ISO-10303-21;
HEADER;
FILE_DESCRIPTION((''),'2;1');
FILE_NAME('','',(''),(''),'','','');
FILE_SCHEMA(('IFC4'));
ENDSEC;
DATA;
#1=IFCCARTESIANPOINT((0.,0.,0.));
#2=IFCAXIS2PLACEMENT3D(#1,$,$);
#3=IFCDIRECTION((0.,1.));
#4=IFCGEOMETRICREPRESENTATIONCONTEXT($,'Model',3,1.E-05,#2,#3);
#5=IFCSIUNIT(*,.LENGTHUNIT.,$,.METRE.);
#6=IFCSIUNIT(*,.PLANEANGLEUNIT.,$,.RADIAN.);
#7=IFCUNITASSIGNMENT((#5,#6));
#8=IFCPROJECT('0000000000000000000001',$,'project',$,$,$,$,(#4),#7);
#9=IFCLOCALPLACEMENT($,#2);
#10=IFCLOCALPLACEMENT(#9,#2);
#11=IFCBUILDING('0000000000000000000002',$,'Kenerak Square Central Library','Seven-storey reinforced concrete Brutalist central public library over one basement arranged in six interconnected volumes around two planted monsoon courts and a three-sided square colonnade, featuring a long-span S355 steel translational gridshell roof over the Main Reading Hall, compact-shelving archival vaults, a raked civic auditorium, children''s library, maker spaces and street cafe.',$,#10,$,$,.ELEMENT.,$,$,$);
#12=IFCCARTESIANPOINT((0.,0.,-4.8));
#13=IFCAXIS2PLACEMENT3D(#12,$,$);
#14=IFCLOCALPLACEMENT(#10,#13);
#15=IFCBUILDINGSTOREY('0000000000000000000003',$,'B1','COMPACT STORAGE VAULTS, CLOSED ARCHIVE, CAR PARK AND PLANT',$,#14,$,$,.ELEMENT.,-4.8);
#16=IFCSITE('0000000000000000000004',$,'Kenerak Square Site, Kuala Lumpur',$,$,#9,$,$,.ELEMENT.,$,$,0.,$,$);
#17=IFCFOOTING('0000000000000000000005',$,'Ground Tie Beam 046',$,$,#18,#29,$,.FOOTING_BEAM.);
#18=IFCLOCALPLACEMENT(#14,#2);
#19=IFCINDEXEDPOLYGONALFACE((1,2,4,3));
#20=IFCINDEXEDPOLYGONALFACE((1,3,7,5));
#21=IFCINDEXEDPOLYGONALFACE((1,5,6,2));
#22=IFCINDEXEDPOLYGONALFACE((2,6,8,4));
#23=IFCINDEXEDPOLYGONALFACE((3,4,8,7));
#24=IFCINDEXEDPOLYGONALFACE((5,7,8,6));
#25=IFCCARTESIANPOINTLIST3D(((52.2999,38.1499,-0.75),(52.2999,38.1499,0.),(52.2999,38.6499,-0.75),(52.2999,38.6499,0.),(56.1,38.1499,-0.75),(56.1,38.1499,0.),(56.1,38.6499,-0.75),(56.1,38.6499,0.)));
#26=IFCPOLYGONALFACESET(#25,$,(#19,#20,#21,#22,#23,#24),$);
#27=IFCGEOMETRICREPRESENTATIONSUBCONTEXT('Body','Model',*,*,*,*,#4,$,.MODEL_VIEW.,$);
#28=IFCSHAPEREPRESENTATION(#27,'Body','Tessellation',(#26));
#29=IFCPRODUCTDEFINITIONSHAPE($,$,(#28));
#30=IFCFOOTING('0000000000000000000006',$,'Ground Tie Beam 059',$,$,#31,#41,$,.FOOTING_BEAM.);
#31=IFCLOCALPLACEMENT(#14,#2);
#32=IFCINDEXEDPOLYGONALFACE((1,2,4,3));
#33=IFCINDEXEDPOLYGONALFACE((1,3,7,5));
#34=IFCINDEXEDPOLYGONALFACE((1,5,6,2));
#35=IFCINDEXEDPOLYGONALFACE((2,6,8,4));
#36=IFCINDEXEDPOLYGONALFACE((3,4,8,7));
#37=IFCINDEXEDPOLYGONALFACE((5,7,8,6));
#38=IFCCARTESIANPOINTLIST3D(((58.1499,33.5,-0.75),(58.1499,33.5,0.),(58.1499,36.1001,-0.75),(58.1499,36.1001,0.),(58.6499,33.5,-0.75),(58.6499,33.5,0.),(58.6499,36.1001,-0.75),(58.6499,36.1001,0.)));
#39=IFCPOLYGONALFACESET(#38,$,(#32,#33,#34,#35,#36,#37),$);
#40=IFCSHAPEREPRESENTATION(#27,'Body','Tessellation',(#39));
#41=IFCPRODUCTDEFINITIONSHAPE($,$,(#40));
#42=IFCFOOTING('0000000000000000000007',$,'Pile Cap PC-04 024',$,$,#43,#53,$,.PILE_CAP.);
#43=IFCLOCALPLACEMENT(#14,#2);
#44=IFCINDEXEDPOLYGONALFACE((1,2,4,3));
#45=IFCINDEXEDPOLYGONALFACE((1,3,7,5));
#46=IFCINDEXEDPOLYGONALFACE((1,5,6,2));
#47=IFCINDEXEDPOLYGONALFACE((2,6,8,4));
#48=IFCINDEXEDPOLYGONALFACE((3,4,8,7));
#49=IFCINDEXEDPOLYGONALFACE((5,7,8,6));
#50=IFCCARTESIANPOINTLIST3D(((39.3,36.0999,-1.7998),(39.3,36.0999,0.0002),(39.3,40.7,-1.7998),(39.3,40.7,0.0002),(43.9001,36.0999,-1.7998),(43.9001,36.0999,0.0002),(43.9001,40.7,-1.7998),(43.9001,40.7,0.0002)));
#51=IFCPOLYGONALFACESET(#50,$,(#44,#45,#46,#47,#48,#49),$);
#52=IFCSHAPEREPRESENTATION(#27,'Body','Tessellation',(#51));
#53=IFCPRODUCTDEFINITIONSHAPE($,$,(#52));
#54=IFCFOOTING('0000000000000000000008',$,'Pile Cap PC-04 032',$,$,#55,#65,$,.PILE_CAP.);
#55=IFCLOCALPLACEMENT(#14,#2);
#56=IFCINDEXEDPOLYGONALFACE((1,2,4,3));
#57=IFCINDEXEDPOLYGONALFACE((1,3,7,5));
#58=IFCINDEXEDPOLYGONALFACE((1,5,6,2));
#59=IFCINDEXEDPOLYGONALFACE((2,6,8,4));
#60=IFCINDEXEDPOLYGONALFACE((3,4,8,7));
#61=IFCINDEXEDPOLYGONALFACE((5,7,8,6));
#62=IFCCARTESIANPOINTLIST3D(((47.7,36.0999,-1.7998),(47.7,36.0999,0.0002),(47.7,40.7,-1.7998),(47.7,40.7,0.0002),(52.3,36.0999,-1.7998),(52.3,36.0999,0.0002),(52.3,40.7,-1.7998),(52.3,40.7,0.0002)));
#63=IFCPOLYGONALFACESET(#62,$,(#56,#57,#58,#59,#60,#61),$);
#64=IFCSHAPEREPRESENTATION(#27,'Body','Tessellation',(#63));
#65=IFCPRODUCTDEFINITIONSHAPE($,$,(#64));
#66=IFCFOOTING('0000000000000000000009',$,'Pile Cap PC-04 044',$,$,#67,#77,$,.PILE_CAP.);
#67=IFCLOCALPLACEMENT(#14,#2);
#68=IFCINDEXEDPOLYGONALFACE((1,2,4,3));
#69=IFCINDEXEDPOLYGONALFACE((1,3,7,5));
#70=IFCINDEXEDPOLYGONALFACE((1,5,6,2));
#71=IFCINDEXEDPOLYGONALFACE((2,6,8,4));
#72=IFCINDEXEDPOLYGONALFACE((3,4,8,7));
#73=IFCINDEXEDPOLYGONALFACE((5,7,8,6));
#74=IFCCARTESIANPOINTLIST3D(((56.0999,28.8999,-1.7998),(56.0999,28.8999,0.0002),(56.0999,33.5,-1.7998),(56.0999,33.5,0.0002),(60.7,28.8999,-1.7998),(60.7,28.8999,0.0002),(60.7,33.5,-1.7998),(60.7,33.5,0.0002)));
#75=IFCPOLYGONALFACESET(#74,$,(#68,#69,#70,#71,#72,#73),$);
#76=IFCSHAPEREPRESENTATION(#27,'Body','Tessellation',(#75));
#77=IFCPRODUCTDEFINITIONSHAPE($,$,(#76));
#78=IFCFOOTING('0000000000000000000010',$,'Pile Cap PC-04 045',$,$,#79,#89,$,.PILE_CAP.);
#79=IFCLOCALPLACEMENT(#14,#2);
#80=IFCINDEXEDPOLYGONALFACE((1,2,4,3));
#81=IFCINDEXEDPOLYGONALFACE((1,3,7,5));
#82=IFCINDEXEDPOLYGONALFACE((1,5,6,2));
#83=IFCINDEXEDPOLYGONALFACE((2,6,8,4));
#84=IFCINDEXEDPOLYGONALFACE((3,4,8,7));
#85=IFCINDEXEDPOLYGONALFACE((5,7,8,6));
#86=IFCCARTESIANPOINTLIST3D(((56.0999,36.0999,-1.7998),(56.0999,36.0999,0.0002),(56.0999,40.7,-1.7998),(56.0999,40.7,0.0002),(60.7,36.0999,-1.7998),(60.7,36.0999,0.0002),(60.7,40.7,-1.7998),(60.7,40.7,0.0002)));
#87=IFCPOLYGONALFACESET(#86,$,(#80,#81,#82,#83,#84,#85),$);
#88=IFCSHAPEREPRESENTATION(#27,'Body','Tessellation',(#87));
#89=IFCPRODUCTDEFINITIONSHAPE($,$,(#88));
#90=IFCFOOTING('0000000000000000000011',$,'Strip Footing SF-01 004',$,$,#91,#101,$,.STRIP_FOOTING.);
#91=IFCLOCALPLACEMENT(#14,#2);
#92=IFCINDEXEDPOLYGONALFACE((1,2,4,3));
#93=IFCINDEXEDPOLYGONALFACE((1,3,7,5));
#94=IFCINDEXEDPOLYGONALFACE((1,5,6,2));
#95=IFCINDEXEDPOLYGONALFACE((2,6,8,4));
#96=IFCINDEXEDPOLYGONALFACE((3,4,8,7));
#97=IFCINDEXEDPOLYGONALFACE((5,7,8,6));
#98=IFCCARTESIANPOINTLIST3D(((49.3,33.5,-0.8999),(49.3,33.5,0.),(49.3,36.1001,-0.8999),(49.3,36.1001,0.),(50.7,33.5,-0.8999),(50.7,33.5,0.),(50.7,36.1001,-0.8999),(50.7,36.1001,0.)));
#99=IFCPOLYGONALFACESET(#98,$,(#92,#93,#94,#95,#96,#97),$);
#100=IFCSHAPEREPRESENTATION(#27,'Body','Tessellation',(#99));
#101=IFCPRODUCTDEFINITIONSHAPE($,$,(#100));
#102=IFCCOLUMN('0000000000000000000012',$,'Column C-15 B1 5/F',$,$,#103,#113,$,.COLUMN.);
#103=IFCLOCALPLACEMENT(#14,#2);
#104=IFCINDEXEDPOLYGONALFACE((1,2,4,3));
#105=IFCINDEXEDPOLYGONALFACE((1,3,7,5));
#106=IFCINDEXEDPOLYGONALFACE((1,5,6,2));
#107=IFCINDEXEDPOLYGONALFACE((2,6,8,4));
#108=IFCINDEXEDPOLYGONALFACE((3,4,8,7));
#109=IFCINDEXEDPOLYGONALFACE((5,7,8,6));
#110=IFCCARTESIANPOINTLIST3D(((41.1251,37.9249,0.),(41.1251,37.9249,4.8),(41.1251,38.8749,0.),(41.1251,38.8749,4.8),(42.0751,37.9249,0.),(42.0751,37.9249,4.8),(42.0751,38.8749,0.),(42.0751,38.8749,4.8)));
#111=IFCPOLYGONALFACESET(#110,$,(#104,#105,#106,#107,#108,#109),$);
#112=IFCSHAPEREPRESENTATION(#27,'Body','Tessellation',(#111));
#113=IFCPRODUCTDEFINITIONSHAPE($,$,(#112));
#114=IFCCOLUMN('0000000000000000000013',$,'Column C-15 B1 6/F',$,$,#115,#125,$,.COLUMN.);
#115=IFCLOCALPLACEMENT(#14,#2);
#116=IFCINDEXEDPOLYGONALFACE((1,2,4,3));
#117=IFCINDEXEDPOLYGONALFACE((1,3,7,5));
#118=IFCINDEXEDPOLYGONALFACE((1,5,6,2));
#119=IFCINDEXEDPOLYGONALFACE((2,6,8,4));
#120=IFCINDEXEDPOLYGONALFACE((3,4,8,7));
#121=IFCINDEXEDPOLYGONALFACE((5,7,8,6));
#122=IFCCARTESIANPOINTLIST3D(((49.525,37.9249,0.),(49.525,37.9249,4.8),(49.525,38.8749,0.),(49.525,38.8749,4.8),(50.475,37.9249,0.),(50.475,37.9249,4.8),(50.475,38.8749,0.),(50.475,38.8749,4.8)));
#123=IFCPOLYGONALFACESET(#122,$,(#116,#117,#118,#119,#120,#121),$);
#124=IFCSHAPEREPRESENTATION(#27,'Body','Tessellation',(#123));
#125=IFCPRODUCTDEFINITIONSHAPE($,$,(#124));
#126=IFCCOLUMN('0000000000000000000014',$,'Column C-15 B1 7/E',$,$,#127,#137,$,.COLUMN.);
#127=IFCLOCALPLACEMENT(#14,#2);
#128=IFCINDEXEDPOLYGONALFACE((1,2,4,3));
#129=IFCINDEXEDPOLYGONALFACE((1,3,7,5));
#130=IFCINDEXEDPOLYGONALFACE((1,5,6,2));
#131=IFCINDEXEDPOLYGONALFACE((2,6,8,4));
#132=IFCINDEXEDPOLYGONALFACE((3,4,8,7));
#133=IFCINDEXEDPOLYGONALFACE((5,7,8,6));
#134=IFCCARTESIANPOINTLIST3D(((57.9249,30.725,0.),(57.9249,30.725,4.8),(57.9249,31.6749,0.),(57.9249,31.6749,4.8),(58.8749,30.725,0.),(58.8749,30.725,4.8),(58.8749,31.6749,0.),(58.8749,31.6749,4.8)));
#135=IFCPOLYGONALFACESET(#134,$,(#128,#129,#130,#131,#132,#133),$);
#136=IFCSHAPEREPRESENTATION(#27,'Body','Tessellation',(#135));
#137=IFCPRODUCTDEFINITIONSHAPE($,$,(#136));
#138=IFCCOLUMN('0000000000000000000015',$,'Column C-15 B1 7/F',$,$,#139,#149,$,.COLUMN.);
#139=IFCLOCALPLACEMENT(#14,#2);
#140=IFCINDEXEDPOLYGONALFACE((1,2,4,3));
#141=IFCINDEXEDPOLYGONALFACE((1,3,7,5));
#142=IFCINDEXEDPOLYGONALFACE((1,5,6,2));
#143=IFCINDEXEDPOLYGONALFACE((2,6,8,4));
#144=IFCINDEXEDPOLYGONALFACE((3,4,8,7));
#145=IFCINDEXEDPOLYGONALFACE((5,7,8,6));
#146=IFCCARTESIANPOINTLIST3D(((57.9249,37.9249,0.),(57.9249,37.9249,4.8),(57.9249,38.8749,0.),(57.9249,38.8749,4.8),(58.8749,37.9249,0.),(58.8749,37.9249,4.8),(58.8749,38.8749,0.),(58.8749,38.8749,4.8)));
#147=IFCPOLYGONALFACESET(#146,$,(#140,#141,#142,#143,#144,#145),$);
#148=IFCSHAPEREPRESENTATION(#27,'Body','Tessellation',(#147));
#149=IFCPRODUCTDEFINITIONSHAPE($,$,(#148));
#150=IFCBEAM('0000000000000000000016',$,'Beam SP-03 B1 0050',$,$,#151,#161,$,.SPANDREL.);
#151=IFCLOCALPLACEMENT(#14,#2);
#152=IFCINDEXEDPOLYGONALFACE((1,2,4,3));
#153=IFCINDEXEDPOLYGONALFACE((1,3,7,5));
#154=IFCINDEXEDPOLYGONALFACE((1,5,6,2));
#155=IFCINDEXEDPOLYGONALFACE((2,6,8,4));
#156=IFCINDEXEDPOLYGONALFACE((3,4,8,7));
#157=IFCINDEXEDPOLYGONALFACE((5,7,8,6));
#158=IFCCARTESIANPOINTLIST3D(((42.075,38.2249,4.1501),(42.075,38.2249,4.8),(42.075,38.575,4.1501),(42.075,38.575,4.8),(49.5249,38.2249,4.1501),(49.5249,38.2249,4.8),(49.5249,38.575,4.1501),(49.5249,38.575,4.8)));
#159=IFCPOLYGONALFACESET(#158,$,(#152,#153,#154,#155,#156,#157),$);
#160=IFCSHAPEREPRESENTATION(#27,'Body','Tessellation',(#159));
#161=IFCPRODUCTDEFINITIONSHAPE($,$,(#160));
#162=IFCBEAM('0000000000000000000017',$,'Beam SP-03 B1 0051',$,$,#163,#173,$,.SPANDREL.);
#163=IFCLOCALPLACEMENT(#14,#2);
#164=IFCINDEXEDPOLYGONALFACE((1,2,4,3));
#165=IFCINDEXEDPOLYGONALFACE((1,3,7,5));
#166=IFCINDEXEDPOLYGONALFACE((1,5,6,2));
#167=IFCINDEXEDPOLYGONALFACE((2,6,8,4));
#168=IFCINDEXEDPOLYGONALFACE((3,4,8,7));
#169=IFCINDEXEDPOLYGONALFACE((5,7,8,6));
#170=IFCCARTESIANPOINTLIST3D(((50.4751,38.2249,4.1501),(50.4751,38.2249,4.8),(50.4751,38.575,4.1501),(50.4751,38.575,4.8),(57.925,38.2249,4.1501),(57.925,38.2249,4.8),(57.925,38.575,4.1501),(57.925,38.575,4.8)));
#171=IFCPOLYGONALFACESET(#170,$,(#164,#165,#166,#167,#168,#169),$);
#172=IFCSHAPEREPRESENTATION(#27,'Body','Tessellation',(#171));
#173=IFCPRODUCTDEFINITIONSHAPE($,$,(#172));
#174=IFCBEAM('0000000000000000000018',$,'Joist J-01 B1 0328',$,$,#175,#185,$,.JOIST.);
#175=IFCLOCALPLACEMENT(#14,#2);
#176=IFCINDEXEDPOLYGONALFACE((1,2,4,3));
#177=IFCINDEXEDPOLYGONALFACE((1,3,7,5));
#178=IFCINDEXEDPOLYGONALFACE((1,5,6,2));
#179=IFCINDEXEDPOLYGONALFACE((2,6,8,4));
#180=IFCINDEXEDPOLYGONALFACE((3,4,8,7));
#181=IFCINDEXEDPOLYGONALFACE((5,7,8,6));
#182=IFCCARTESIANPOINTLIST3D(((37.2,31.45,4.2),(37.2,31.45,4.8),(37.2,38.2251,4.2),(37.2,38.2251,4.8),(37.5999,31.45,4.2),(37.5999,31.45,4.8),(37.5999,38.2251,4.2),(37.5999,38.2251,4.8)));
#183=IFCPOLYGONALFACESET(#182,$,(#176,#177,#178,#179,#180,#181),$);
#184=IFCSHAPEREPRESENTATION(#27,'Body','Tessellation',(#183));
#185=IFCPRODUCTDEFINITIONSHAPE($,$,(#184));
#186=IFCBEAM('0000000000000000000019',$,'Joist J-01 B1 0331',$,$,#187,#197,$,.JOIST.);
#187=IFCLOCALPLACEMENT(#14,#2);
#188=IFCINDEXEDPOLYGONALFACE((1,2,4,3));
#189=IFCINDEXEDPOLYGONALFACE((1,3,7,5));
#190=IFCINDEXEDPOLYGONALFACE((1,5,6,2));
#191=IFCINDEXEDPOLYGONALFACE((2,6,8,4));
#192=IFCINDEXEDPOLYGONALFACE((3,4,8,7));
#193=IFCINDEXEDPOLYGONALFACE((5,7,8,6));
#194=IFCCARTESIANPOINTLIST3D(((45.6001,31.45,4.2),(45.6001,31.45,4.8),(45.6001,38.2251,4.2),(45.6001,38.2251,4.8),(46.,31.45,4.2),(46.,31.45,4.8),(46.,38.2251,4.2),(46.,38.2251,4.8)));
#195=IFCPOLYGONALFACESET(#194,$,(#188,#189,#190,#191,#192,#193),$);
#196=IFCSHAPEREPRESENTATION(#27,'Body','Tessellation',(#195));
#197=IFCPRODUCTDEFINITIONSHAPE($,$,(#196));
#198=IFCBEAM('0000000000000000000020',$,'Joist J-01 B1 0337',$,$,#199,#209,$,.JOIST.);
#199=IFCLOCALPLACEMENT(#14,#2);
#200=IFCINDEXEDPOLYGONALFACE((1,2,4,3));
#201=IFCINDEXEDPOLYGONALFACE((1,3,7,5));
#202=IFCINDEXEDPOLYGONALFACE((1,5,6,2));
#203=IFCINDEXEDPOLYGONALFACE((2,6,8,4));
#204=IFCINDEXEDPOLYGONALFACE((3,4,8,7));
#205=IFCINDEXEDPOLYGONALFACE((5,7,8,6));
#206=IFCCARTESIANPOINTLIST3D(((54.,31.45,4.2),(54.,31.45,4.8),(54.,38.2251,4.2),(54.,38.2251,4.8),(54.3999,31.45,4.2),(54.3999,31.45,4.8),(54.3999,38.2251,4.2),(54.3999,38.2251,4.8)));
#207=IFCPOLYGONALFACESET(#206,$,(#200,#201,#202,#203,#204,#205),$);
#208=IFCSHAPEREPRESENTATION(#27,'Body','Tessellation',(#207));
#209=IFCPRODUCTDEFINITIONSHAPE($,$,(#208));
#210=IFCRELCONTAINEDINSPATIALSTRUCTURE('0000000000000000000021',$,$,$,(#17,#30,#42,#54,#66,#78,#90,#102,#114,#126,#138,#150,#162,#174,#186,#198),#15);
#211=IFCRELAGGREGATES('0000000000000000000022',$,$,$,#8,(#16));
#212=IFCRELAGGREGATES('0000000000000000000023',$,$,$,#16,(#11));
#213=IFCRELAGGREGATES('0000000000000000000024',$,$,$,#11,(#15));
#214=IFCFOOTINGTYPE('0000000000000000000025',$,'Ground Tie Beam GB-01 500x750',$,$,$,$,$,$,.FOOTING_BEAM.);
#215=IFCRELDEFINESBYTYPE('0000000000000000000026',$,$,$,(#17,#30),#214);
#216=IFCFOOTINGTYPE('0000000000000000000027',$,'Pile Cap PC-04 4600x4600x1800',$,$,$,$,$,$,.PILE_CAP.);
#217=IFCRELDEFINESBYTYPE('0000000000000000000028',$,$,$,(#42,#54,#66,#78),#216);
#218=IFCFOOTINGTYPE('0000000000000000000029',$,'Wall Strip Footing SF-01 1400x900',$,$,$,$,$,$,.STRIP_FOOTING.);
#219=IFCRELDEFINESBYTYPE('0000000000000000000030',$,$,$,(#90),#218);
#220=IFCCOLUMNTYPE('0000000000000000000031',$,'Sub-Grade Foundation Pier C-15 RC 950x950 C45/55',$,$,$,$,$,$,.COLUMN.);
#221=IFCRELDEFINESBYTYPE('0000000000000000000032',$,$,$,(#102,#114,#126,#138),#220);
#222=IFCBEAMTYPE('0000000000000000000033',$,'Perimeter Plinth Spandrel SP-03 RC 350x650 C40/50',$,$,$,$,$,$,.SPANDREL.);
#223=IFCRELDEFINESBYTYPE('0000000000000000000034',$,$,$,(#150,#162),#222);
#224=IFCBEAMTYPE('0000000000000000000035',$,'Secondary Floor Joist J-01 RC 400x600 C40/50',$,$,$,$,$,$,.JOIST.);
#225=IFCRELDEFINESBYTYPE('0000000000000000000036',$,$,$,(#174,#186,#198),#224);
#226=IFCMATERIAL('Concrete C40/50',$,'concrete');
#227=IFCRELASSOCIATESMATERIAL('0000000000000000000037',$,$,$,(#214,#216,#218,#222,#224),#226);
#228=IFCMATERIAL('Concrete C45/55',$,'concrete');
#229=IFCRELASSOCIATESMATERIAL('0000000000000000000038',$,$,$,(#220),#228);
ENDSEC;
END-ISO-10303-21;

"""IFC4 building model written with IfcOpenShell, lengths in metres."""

from ifc_helpers import new_model, si_unit, direction, frame, origin, origin_2d, place, context, subcontext, project, spatial, rectangle, extrude, material, material_profile, profile_set, type_object, element, save


model = new_model("IFC4")

# Units and contexts
model_context = context("Model", 3, precision=1e-05, world=origin(), true_north=direction((0.0, 1.0)))
body_context = subcontext(model_context, "Body", "Model", "MODEL_VIEW")
ifc_project = project(units=[si_unit("LENGTHUNIT", "METRE"), si_unit("PLANEANGLEUNIT", "RADIAN")], contexts=[model_context])

# Site, building, storey
site_placement = place(None, origin())
site = spatial("IfcSite", under=ifc_project, at=site_placement, Name="Kenerak Square Site, Kuala Lumpur", CompositionType="ELEMENT", RefElevation=0.0)
building_placement = place(site_placement, origin())
building = spatial("IfcBuilding", under=site, at=building_placement, Name="Kenerak Square Central Library", Description="Seven-storey reinforced concrete Brutalist central public library over one basement arranged in six interconnected volumes around two planted monsoon courts and a three-sided square colonnade, featuring a long-span S355 steel translational gridshell roof over the Main Reading Hall, compact-shelving archival vaults, a raked civic auditorium, children's library, maker spaces and street cafe.", CompositionType="ELEMENT")
storey_placement = place(building_placement, frame((0.0, 0.0, -4.8)))
storey = spatial("IfcBuildingStorey", under=building, at=storey_placement, Name="B1", Description="COMPACT STORAGE VAULTS, CLOSED ARCHIVE, CAR PARK AND PLANT", CompositionType="ELEMENT", Elevation=-4.8)

# Shared definitions
ifc_material_1 = material(Name="Concrete C40/50", Category="concrete")

# Footings
footing_type_1 = type_object("IfcFootingType", Name="Ground Tie Beam GB-01 500x750", PredefinedType="FOOTING_BEAM", material=ifc_material_1)
for number, where, z_axis, x_axis, name in (
    (1, (54.2, 38.3999, -0.75), (0.0, 0.0, 1.0), (1.0, 0.0, 0.0), "Ground Tie Beam 046"),
):
    element("IfcFooting", number, at=place(storey_placement, frame(where, z_axis=z_axis, x_axis=x_axis)), inside=storey, type_object=footing_type_1, Name=name, PredefinedType="FOOTING_BEAM", context=body_context, shape_type="SweptSolid", body=[
        extrude(rectangle(XDim=3.8, YDim=0.5, at=origin_2d()), origin(), (0.0, 0.0, 1.0), 0.75),
    ])
footing_1_placement = place(storey_placement, frame((58.3999, 34.8, -0.75), z_axis=(0.0, 0.0, 1.0), x_axis=(1.0, 0.0, 0.0)))
element("IfcFooting", 2, at=footing_1_placement, inside=storey, type_object=footing_type_1, Name="Ground Tie Beam 059", PredefinedType="FOOTING_BEAM", context=body_context, shape_type="SweptSolid", body=[
    extrude(rectangle(XDim=0.5, YDim=2.6001, at=origin_2d()), origin(), (0.0, 0.0, 1.0), 0.75),
])
footing_type_2 = type_object("IfcFootingType", Name="Pile Cap PC-04 4600x4600x1800", PredefinedType="PILE_CAP", material=ifc_material_1)
for number, where, z_axis, x_axis, name in (
    (3, (41.6001, 38.3999, -1.7998), (0.0, 0.0, 1.0), (1.0, 0.0, 0.0), "Pile Cap PC-04 024"),
    (4, (50.0, 38.3999, -1.7998), (0.0, 0.0, 1.0), (1.0, 0.0, 0.0), "Pile Cap PC-04 032"),
    (5, (58.3999, 31.2, -1.7998), (0.0, 0.0, 1.0), (1.0, 0.0, 0.0), "Pile Cap PC-04 044"),
    (6, (58.3999, 38.3999, -1.7998), (0.0, 0.0, 1.0), (1.0, 0.0, 0.0), "Pile Cap PC-04 045"),
):
    element("IfcFooting", number, at=place(storey_placement, frame(where, z_axis=z_axis, x_axis=x_axis)), inside=storey, type_object=footing_type_2, Name=name, PredefinedType="PILE_CAP", context=body_context, shape_type="SweptSolid", body=[
        extrude(rectangle(XDim=4.6001, YDim=4.6001, at=origin_2d()), origin(), (0.0, 0.0, 1.0), 1.8),
    ])
footing_type_3 = type_object("IfcFootingType", Name="Wall Strip Footing SF-01 1400x900", PredefinedType="STRIP_FOOTING", material=ifc_material_1)
footing_2_placement = place(storey_placement, frame((50.0, 34.8, -0.8999), z_axis=(0.0, 0.0, 1.0), x_axis=(1.0, 0.0, 0.0)))
element("IfcFooting", 7, at=footing_2_placement, inside=storey, type_object=footing_type_3, Name="Strip Footing SF-01 004", PredefinedType="STRIP_FOOTING", context=body_context, shape_type="SweptSolid", body=[
    extrude(rectangle(XDim=1.3999, YDim=2.6001, at=origin_2d()), origin(), (0.0, 0.0, 1.0), 0.8999),
])

# Columns
ifc_material_2 = material(Name="Concrete C45/55", Category="concrete")
ifc_material_profile_1 = material_profile(ifc_material_2, rectangle(XDim=0.95, YDim=0.95, at=origin_2d()), Name="RC 950x950")
ifc_profile_set_1 = profile_set([ifc_material_profile_1], Name="Concrete C45/55")
column_type = type_object("IfcColumnType", Name="Sub-Grade Foundation Pier C-15 RC 950x950 C45/55", PredefinedType="COLUMN", material=ifc_profile_set_1)
for number, where, z_axis, x_axis, name in (
    (8, (41.6001, 38.3999, 0.0), (0.0, 0.0, 1.0), (1.0, 0.0, 0.0), "Column C-15 B1 5/F"),
    (9, (50.0, 38.3999, 0.0), (0.0, 0.0, 1.0), (1.0, 0.0, 0.0), "Column C-15 B1 6/F"),
    (10, (58.3999, 31.2, 0.0), (0.0, 0.0, 1.0), (1.0, 0.0, 0.0), "Column C-15 B1 7/E"),
    (11, (58.3999, 38.3999, 0.0), (0.0, 0.0, 1.0), (1.0, 0.0, 0.0), "Column C-15 B1 7/F"),
):
    element("IfcColumn", number, at=place(storey_placement, frame(where, z_axis=z_axis, x_axis=x_axis)), inside=storey, type_object=column_type, Name=name, PredefinedType="COLUMN", context=body_context, shape_type="SweptSolid", body=[
        extrude(rectangle(XDim=0.95, YDim=0.95, at=origin_2d()), origin(), (0.0, 0.0, 1.0), 4.8),
    ])

# Beams
ifc_material_profile_2 = material_profile(ifc_material_1, rectangle(XDim=0.3501, YDim=0.6499, at=origin_2d()), Name="RC 350x650")
ifc_profile_set_2 = profile_set([ifc_material_profile_2], Name="Concrete C40/50")
beam_type_1 = type_object("IfcBeamType", Name="Perimeter Plinth Spandrel SP-03 RC 350x650 C40/50", PredefinedType="SPANDREL", material=ifc_profile_set_2)
for number, where, z_axis, x_axis, name in (
    (12, (42.075, 38.3999, 4.4751), (1.0, 0.0, 0.0), (0.0, 1.0, 0.0), "Beam SP-03 B1 0050"),
    (13, (50.4751, 38.3999, 4.4751), (1.0, 0.0, 0.0), (0.0, 1.0, 0.0), "Beam SP-03 B1 0051"),
):
    element("IfcBeam", number, at=place(storey_placement, frame(where, z_axis=z_axis, x_axis=x_axis)), inside=storey, type_object=beam_type_1, Name=name, PredefinedType="SPANDREL", context=body_context, shape_type="SweptSolid", body=[
        extrude(rectangle(XDim=0.3501, YDim=0.6499, at=origin_2d()), origin(), (0.0, 0.0, 1.0), 7.45),
    ])
ifc_material_profile_3 = material_profile(ifc_material_1, rectangle(XDim=0.3999, YDim=0.6001, at=origin_2d()), Name="RC 400x600")
ifc_profile_set_3 = profile_set([ifc_material_profile_3], Name="Concrete C40/50")
beam_type_2 = type_object("IfcBeamType", Name="Secondary Floor Joist J-01 RC 400x600 C40/50", PredefinedType="JOIST", material=ifc_profile_set_3)
for number, where, z_axis, x_axis, name in (
    (14, (37.3999, 31.45, 4.5), (0.0, 1.0, 0.0), (-1.0, 0.0, 0.0), "Joist J-01 B1 0328"),
    (15, (45.8, 31.45, 4.5), (0.0, 1.0, 0.0), (-1.0, 0.0, 0.0), "Joist J-01 B1 0331"),
    (16, (54.2, 31.45, 4.5), (0.0, 1.0, 0.0), (-1.0, 0.0, 0.0), "Joist J-01 B1 0337"),
):
    element("IfcBeam", number, at=place(storey_placement, frame(where, z_axis=z_axis, x_axis=x_axis)), inside=storey, type_object=beam_type_2, Name=name, PredefinedType="JOIST", context=body_context, shape_type="SweptSolid", body=[
        extrude(rectangle(XDim=0.3999, YDim=0.6001, at=origin_2d()), origin(), (0.0, 0.0, 1.0), 6.7751),
    ])

save(model, "model.ifc")
